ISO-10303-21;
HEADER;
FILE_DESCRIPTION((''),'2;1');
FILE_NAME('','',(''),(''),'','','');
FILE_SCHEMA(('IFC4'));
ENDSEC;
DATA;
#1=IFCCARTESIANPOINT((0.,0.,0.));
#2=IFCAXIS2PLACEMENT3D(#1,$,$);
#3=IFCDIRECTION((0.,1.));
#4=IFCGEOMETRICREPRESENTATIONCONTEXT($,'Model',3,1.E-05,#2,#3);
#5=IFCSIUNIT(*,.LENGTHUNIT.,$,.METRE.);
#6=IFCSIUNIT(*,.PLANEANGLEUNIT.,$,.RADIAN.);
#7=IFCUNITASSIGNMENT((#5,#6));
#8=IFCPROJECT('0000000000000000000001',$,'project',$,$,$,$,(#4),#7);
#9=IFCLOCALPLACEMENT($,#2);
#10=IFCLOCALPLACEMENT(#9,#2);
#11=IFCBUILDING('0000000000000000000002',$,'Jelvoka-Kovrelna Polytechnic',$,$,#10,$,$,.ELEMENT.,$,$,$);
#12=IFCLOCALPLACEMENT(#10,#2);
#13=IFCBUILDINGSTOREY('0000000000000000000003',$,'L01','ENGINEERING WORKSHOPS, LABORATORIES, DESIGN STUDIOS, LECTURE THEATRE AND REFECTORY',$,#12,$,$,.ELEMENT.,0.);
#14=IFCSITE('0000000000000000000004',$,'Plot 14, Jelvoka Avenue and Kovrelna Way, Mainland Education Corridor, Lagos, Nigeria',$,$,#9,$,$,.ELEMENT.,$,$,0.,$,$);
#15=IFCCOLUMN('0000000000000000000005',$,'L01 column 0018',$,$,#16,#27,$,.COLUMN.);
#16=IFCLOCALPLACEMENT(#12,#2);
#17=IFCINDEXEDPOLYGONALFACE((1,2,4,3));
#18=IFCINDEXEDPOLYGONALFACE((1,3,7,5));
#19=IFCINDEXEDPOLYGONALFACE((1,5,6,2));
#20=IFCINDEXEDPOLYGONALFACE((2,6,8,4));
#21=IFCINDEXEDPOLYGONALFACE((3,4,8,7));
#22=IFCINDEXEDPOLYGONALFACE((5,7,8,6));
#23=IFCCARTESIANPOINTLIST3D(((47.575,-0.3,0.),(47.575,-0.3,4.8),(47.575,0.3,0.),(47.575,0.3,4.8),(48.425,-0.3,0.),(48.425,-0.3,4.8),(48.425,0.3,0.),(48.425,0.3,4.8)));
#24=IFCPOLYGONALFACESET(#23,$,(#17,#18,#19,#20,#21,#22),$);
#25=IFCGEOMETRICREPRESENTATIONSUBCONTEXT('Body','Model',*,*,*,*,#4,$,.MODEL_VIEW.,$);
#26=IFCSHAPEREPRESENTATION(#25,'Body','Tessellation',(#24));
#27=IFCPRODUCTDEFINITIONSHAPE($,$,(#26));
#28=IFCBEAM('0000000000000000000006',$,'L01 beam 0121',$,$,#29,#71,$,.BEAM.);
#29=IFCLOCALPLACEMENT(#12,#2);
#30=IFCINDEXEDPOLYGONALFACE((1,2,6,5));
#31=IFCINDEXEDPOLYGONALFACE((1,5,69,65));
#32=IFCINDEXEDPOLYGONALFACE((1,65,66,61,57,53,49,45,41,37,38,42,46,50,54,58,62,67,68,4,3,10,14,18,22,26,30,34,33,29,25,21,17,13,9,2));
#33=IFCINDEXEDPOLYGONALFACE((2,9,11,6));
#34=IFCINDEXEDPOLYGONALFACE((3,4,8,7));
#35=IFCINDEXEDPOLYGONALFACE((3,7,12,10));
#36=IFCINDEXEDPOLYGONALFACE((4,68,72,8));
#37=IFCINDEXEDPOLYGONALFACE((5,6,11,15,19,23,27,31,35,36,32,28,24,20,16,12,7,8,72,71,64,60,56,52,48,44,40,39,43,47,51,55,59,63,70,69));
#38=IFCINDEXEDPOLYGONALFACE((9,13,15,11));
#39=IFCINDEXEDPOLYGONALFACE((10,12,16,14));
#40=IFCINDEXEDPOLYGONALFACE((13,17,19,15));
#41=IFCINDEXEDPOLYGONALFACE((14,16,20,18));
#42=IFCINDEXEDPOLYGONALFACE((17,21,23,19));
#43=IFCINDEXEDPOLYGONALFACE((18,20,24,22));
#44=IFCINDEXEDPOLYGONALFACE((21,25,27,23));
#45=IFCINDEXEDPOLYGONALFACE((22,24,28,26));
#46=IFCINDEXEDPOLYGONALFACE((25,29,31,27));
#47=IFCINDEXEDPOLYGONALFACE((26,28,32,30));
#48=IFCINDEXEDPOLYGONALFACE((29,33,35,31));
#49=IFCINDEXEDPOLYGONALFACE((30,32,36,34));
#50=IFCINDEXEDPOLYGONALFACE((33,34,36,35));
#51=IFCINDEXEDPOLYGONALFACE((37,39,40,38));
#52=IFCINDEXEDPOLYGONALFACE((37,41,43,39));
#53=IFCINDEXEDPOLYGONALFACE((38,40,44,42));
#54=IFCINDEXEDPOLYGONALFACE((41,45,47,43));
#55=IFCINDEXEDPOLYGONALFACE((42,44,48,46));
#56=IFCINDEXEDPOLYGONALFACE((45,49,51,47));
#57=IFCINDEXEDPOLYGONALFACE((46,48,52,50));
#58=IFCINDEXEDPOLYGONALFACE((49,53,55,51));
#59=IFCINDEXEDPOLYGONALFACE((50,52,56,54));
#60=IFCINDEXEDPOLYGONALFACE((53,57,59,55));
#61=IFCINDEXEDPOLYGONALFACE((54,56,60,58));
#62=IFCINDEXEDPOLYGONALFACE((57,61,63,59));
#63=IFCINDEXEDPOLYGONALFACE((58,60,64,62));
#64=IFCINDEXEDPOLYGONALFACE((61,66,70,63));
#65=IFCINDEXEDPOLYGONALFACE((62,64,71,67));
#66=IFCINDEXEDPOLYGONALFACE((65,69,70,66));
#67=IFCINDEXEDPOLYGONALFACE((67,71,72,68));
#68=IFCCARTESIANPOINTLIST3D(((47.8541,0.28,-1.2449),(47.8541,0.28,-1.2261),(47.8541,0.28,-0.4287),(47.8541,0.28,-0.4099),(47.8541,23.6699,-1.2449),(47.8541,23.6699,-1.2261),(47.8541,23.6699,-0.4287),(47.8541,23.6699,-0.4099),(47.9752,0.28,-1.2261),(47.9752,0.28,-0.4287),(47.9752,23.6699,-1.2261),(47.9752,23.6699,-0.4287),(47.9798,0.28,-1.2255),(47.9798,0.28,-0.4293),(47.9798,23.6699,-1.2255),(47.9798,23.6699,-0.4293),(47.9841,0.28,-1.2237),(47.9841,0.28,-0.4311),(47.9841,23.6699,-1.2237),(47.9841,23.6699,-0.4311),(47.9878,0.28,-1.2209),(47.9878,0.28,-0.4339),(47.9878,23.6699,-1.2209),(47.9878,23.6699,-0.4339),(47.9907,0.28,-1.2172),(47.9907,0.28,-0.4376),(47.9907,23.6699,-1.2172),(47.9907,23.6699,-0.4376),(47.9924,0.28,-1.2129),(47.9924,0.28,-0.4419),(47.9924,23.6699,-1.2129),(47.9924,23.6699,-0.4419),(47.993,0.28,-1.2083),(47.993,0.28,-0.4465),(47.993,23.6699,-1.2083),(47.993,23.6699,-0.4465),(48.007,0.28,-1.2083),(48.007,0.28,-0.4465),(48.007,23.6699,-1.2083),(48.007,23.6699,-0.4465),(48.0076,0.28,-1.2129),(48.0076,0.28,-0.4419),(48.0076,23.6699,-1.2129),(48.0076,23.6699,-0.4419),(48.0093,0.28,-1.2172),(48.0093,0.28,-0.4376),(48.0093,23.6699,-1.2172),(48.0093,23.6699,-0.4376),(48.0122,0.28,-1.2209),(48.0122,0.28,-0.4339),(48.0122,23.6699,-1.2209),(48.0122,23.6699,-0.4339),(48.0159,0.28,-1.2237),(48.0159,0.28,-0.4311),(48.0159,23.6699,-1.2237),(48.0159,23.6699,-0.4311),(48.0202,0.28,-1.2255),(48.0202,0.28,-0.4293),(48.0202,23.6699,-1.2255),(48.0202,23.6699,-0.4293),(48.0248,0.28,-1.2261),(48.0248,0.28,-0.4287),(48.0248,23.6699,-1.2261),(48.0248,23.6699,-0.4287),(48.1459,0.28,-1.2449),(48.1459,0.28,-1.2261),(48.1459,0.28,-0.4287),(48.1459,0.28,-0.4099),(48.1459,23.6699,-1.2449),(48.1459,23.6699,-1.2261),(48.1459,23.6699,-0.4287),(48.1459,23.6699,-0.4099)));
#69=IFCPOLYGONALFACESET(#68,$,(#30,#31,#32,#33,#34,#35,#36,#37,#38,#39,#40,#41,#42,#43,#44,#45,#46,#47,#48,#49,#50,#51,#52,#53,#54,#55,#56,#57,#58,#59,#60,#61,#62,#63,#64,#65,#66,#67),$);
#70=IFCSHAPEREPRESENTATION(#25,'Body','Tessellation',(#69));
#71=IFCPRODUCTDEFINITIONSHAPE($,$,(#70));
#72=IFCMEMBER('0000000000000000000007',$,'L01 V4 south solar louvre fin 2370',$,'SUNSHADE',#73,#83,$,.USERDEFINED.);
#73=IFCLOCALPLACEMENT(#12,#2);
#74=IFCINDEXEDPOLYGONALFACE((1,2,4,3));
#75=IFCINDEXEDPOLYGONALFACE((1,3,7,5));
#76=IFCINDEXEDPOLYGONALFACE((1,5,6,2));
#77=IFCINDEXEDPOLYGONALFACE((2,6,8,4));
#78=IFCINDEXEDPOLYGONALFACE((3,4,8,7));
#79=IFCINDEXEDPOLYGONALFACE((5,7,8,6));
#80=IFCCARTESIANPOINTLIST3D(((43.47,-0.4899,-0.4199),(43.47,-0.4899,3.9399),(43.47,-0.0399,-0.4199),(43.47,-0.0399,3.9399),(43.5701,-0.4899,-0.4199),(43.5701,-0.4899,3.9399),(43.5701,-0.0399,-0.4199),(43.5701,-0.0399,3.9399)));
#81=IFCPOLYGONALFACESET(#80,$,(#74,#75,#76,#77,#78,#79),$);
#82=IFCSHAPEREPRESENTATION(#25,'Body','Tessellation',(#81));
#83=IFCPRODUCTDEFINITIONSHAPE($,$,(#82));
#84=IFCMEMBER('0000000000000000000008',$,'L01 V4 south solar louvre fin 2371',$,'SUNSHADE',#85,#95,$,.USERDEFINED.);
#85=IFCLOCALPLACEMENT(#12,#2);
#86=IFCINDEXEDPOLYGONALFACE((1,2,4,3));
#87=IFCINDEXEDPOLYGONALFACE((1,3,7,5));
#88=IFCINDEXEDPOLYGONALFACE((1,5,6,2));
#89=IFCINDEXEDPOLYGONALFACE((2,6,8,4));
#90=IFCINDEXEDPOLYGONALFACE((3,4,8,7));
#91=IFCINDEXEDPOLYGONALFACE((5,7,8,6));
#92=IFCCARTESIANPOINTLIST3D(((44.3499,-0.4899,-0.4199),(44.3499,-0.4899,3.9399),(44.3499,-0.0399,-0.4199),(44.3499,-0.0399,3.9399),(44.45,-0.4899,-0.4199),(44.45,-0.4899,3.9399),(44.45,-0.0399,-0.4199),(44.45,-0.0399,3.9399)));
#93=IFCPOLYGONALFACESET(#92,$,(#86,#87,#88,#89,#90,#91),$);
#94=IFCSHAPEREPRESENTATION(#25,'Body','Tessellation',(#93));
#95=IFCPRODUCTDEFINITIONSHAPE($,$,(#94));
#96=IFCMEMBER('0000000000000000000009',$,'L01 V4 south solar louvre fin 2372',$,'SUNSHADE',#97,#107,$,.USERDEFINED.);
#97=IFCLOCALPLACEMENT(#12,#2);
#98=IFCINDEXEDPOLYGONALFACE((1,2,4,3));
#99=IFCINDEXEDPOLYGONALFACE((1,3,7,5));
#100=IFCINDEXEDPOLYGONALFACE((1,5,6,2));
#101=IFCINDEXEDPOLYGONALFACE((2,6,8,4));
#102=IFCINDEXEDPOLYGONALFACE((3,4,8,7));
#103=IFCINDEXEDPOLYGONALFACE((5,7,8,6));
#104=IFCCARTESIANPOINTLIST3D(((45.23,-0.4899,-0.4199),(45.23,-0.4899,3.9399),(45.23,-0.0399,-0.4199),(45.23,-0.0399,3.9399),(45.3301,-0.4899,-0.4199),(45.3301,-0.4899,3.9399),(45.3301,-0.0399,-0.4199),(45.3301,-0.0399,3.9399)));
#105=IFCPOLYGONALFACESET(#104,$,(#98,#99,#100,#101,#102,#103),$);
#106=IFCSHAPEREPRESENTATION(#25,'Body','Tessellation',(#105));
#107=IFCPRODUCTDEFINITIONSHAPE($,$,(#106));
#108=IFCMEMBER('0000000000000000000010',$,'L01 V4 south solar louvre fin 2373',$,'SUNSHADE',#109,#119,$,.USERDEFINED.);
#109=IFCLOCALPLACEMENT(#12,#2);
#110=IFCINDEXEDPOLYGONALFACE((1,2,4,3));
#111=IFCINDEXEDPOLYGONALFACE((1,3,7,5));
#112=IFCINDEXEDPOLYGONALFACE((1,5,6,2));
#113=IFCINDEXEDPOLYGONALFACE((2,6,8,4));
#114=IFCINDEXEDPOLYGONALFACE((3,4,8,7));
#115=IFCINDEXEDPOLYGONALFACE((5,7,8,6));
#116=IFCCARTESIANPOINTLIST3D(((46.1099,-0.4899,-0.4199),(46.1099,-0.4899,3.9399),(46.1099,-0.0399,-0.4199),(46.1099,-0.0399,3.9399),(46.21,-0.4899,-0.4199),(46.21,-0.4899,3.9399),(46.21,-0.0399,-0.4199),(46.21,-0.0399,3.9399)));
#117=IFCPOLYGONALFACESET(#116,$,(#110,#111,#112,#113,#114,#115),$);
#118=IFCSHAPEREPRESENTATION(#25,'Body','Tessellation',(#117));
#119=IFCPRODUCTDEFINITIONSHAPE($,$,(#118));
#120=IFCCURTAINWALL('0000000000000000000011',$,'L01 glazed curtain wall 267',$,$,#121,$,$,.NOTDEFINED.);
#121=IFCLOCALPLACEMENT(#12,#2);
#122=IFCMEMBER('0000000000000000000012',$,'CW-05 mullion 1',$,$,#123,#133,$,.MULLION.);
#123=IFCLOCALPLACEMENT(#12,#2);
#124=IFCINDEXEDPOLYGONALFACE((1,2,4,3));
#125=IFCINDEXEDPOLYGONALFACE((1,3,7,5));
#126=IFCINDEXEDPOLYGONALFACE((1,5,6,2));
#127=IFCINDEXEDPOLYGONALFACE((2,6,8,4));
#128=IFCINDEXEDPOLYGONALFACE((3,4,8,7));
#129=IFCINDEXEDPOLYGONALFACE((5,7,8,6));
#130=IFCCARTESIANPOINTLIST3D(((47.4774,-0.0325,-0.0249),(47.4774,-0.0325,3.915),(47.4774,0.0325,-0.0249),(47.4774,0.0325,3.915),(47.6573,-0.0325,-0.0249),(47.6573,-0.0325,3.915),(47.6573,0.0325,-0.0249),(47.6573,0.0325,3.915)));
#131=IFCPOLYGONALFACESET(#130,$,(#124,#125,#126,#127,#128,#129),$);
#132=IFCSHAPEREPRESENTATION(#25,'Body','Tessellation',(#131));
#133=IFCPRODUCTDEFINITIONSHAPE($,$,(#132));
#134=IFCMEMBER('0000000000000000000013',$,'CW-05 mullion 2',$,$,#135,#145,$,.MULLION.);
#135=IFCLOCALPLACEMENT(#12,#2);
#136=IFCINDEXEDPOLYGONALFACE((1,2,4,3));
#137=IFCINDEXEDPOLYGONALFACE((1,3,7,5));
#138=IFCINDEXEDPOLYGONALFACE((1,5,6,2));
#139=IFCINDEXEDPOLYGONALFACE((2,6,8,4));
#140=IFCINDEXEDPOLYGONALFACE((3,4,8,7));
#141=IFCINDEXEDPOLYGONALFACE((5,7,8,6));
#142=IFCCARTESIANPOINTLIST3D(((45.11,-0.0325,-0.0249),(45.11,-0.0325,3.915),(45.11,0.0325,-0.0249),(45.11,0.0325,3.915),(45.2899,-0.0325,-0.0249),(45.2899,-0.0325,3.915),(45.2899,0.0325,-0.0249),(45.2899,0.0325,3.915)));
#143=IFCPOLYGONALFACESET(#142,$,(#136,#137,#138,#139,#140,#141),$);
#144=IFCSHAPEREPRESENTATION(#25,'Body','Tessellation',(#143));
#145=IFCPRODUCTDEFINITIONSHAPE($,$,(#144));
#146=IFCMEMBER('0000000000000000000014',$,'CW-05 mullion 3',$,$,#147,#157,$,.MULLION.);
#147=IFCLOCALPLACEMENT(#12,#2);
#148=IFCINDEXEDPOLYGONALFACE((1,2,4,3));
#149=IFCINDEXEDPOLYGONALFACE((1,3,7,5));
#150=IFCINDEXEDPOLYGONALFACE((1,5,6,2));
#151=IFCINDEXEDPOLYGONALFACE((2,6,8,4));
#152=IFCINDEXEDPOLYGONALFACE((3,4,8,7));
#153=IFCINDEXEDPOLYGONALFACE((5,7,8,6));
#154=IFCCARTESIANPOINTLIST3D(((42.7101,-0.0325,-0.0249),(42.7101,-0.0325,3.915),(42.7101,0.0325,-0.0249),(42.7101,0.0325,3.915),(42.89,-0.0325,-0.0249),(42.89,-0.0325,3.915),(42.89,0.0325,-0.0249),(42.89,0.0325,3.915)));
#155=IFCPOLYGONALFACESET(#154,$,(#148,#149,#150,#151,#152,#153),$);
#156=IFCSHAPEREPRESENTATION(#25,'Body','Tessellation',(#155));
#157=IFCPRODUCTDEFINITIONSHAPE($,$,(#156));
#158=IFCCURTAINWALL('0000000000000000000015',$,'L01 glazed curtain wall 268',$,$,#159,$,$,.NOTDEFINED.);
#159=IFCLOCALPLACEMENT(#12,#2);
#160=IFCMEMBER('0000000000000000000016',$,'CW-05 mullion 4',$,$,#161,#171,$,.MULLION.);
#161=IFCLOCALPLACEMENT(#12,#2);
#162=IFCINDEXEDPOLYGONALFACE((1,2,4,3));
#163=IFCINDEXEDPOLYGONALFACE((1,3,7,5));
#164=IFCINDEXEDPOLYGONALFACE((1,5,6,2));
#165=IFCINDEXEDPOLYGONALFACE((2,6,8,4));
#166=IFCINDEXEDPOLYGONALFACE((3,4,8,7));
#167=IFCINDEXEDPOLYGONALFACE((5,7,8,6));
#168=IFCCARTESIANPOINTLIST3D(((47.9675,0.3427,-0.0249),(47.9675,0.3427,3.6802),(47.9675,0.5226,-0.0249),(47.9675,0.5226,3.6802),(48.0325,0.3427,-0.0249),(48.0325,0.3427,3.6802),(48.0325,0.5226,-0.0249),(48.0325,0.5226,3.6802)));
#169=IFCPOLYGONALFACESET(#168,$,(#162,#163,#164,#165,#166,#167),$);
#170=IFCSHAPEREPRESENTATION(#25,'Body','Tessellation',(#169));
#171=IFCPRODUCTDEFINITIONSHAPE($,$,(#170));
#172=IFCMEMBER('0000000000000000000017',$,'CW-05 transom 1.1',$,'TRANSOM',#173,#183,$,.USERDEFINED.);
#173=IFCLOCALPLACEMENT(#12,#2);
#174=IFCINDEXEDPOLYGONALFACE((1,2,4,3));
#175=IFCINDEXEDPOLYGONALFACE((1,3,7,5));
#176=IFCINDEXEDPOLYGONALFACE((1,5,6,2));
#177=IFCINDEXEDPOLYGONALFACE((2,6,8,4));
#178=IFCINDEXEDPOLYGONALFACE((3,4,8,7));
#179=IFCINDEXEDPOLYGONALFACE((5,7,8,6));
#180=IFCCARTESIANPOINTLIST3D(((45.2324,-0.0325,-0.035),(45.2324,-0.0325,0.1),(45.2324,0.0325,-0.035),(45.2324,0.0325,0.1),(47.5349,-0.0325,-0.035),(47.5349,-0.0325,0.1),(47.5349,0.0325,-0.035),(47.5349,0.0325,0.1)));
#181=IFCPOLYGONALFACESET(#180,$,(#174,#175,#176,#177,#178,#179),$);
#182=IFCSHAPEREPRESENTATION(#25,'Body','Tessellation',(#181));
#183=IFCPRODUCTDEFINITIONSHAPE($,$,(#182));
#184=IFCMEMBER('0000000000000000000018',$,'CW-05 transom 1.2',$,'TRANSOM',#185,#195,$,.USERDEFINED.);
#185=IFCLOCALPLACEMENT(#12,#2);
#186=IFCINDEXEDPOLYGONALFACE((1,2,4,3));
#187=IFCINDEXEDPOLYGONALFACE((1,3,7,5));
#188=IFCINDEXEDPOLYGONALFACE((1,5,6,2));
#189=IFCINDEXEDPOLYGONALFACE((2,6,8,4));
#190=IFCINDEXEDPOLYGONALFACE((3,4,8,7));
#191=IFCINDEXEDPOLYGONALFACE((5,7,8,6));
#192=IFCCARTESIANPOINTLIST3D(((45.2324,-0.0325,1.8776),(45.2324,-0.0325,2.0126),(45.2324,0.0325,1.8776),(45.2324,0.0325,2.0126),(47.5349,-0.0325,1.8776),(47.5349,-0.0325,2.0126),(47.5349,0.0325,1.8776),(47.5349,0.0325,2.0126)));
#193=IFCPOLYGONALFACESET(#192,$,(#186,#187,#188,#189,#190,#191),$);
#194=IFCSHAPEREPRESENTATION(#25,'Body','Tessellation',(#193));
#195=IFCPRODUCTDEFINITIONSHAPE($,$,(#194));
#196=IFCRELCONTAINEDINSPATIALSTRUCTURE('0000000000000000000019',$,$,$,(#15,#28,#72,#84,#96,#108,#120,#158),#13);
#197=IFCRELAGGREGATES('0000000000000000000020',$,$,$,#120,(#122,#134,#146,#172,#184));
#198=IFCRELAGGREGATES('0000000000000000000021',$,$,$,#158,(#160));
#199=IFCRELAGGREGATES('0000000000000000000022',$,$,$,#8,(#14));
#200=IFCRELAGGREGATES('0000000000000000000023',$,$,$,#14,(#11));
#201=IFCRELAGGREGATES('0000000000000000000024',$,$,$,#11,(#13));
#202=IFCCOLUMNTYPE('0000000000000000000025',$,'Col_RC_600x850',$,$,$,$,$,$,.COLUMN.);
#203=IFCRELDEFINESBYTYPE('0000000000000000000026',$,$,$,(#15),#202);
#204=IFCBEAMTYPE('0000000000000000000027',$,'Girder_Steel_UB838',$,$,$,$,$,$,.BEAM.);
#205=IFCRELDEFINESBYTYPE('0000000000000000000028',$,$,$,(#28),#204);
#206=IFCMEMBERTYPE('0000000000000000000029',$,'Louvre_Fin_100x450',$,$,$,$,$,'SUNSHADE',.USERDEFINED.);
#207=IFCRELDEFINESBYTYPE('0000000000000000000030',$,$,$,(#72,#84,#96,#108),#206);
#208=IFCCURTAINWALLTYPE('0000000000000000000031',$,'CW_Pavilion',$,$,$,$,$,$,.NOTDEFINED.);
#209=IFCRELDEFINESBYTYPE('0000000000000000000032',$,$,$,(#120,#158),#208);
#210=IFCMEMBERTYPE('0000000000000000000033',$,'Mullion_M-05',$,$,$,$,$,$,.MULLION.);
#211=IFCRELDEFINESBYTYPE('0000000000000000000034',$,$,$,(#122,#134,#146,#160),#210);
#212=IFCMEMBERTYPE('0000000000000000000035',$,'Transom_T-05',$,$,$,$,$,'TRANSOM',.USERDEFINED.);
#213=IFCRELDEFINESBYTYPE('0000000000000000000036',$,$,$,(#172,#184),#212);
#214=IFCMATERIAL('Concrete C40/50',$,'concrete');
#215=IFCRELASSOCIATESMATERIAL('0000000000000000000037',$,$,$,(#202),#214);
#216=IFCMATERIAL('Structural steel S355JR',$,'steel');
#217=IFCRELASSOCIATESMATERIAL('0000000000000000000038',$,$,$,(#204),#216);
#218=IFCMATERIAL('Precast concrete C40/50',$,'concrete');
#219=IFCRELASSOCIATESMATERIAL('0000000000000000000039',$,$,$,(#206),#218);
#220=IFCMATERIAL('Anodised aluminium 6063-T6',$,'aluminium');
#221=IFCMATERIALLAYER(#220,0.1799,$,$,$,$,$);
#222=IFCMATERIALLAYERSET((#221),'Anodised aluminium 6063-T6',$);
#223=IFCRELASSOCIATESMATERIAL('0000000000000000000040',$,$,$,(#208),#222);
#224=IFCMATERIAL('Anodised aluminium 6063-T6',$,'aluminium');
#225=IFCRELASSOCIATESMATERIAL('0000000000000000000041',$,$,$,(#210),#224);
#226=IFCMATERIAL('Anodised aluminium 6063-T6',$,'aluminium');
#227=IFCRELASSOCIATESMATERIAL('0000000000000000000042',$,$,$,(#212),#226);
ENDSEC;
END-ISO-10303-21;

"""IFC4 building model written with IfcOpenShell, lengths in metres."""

from ifc_helpers import new_model, si_unit, direction, frame, origin, origin_2d, place, context, subcontext, project, spatial, rectangle, i_section, extrude, material, layer, layer_set, material_profile, profile_set, type_object, element, aggregate, save


model = new_model("IFC4")

# Units and contexts
model_context = context("Model", 3, precision=1e-05, world=origin(), true_north=direction((0.0, 1.0)))
body_context = subcontext(model_context, "Body", "Model", "MODEL_VIEW")
ifc_project = project(units=[si_unit("LENGTHUNIT", "METRE"), si_unit("PLANEANGLEUNIT", "RADIAN")], contexts=[model_context])

# Site, building, storey
site_placement = place(None, origin())
site = spatial("IfcSite", under=ifc_project, at=site_placement, Name="Plot 14, Jelvoka Avenue and Kovrelna Way, Mainland Education Corridor, Lagos, Nigeria", CompositionType="ELEMENT", RefElevation=0.0)
building_placement = place(site_placement, origin())
building = spatial("IfcBuilding", under=site, at=building_placement, Name="Jelvoka-Kovrelna Polytechnic", CompositionType="ELEMENT")
storey_placement = place(building_placement, origin())
storey = spatial("IfcBuildingStorey", under=building, at=storey_placement, Name="L01", Description="ENGINEERING WORKSHOPS, LABORATORIES, DESIGN STUDIOS, LECTURE THEATRE AND REFECTORY", CompositionType="ELEMENT", Elevation=0.0)

# Column
ifc_material_1 = material(Name="Concrete C40/50", Category="concrete")
ifc_material_profile_1 = material_profile(ifc_material_1, rectangle(XDim=0.6001, YDim=0.8501, at=origin_2d()), Name="RC 600x850")
ifc_profile_set_1 = profile_set([ifc_material_profile_1], Name="Concrete C40/50")
column_type = type_object("IfcColumnType", Name="Col_RC_600x850", PredefinedType="COLUMN", material=ifc_profile_set_1)
column_placement = place(storey_placement, frame((48.0, 0.0, 0.0), z_axis=(0.0, 0.0, 1.0), x_axis=(0.0, 1.0, 0.0)))
element("IfcColumn", 1, at=column_placement, inside=storey, type_object=column_type, Name="L01 column 0018", PredefinedType="COLUMN", context=body_context, shape_type="SweptSolid", body=[
    extrude(rectangle(XDim=0.6001, YDim=0.8501, at=origin_2d()), origin(), (0.0, 0.0, 1.0), 4.8),
])

# Beam
ifc_material_2 = material(Name="Structural steel S355JR", Category="steel")
ifc_material_profile_2 = material_profile(ifc_material_2, i_section(OverallWidth=0.2917, OverallDepth=0.835, WebThickness=0.0139, FlangeThickness=0.0188, FilletRadius=0.0178, at=origin_2d()), Name="838x292x176 UB")
ifc_profile_set_2 = profile_set([ifc_material_profile_2], Name="Structural steel S355JR")
beam_type = type_object("IfcBeamType", Name="Girder_Steel_UB838", PredefinedType="BEAM", material=ifc_profile_set_2)
beam_placement = place(storey_placement, frame((48.0, 0.28, -0.8274), z_axis=(0.0, 1.0, 0.0), x_axis=(-1.0, 0.0, 0.0)))
element("IfcBeam", 2, at=beam_placement, inside=storey, type_object=beam_type, Name="L01 beam 0121", PredefinedType="BEAM", context=body_context, shape_type="SweptSolid", body=[
    extrude(i_section(OverallWidth=0.2917, OverallDepth=0.835, WebThickness=0.0139, FlangeThickness=0.0188, FilletRadius=0.0178, at=origin_2d()), origin(), (0.0, 0.0, 1.0), 23.3899),
])

# Members
ifc_material_3 = material(Name="Precast concrete C40/50", Category="concrete")
ifc_material_profile_3 = material_profile(ifc_material_3, rectangle(XDim=0.1001, YDim=0.45, at=origin_2d()), Name="PC 100x450")
ifc_profile_set_3 = profile_set([ifc_material_profile_3], Name="Precast concrete C40/50")
member_type_1 = type_object("IfcMemberType", Name="Louvre_Fin_100x450", ElementType="SUNSHADE", PredefinedType="USERDEFINED", material=ifc_profile_set_3)
for number, where, z_axis, x_axis, name in (
    (3, (43.52, -0.2649, -0.4199), (0.0, 0.0, 1.0), (1.0, 0.0, 0.0), "L01 V4 south solar louvre fin 2370"),
    (4, (44.3999, -0.2649, -0.4199), (0.0, 0.0, 1.0), (1.0, 0.0, 0.0), "L01 V4 south solar louvre fin 2371"),
    (5, (45.28, -0.2649, -0.4199), (0.0, 0.0, 1.0), (1.0, 0.0, 0.0), "L01 V4 south solar louvre fin 2372"),
    (6, (46.1599, -0.2649, -0.4199), (0.0, 0.0, 1.0), (1.0, 0.0, 0.0), "L01 V4 south solar louvre fin 2373"),
):
    element("IfcMember", number, at=place(storey_placement, frame(where, z_axis=z_axis, x_axis=x_axis)), inside=storey, type_object=member_type_1, Name=name, ObjectType="SUNSHADE", PredefinedType="USERDEFINED", context=body_context, shape_type="SweptSolid", body=[
        extrude(rectangle(XDim=0.1001, YDim=0.45, at=origin_2d()), origin(), (0.0, 0.0, 1.0), 4.3599),
    ])

# Curtain wall, members
ifc_material_4 = material(Name="Anodised aluminium 6063-T6", Category="aluminium")
ifc_layer_1 = layer(ifc_material_4, 0.1799)
ifc_layer_set_1 = layer_set([ifc_layer_1], Name="Anodised aluminium 6063-T6")
curtain_wall_type = type_object("IfcCurtainWallType", Name="CW_Pavilion", PredefinedType="NOTDEFINED", material=ifc_layer_set_1)
curtain_wall_1_placement = place(storey_placement, origin())
curtain_wall_1 = element("IfcCurtainWall", 7, at=curtain_wall_1_placement, inside=storey, type_object=curtain_wall_type, Name="L01 glazed curtain wall 267", PredefinedType="NOTDEFINED")
ifc_material_5 = material(Name="Anodised aluminium 6063-T6", Category="aluminium")
ifc_material_profile_4 = material_profile(ifc_material_5, rectangle(XDim=0.0649, YDim=0.1799, at=origin_2d()), Name="ALU 65x180")
ifc_profile_set_4 = profile_set([ifc_material_profile_4], Name="Anodised aluminium 6063-T6")
member_type_2 = type_object("IfcMemberType", Name="Mullion_M-05", PredefinedType="MULLION", material=ifc_profile_set_4)
member_1_placement = place(storey_placement, frame((47.5674, 0.0, -0.0249), z_axis=(0.0, 0.0, 1.0), x_axis=(0.0, -1.0, 0.0)))
member_1 = element("IfcMember", 8, at=member_1_placement, type_object=member_type_2, Name="CW-05 mullion 1", PredefinedType="MULLION", context=body_context, shape_type="SweptSolid", body=[
    extrude(rectangle(XDim=0.0649, YDim=0.1799, at=origin_2d()), origin(), (0.0, 0.0, 1.0), 3.9399),
])
member_2_placement = place(storey_placement, frame((45.2, 0.0, -0.0249), z_axis=(0.0, 0.0, 1.0), x_axis=(0.0, -1.0, 0.0)))
member_2 = element("IfcMember", 9, at=member_2_placement, type_object=member_type_2, Name="CW-05 mullion 2", PredefinedType="MULLION", context=body_context, shape_type="SweptSolid", body=[
    extrude(rectangle(XDim=0.0649, YDim=0.1799, at=origin_2d()), origin(), (0.0, 0.0, 1.0), 3.9399),
])
member_3_placement = place(storey_placement, frame((42.8, 0.0, -0.0249), z_axis=(0.0, 0.0, 1.0), x_axis=(0.0, -1.0, 0.0)))
member_3 = element("IfcMember", 10, at=member_3_placement, type_object=member_type_2, Name="CW-05 mullion 3", PredefinedType="MULLION", context=body_context, shape_type="SweptSolid", body=[
    extrude(rectangle(XDim=0.0649, YDim=0.1799, at=origin_2d()), origin(), (0.0, 0.0, 1.0), 3.9399),
])

# Curtain wall, member
curtain_wall_2_placement = place(storey_placement, origin())
curtain_wall_2 = element("IfcCurtainWall", 11, at=curtain_wall_2_placement, inside=storey, type_object=curtain_wall_type, Name="L01 glazed curtain wall 268", PredefinedType="NOTDEFINED")
member_4_placement = place(storey_placement, frame((48.0, 0.4326, -0.0249), z_axis=(0.0, 0.0, 1.0), x_axis=(1.0, 0.0, 0.0)))
member_4 = element("IfcMember", 12, at=member_4_placement, type_object=member_type_2, Name="CW-05 mullion 4", PredefinedType="MULLION", context=body_context, shape_type="SweptSolid", body=[
    extrude(rectangle(XDim=0.0649, YDim=0.1799, at=origin_2d()), origin(), (0.0, 0.0, 1.0), 3.7051),
])

# Members
ifc_material_6 = material(Name="Anodised aluminium 6063-T6", Category="aluminium")
ifc_material_profile_5 = material_profile(ifc_material_6, rectangle(XDim=0.0649, YDim=0.135, at=origin_2d()), Name="ALU 65x135")
ifc_profile_set_5 = profile_set([ifc_material_profile_5], Name="Anodised aluminium 6063-T6")
member_type_3 = type_object("IfcMemberType", Name="Transom_T-05", ElementType="TRANSOM", PredefinedType="USERDEFINED", material=ifc_profile_set_5)
member_5_placement = place(storey_placement, frame((47.5349, 0.0, 0.0325), z_axis=(-1.0, 0.0, 0.0), x_axis=(0.0, -1.0, 0.0)))
member_5 = element("IfcMember", 13, at=member_5_placement, type_object=member_type_3, Name="CW-05 transom 1.1", ObjectType="TRANSOM", PredefinedType="USERDEFINED", context=body_context, shape_type="SweptSolid", body=[
    extrude(rectangle(XDim=0.0649, YDim=0.135, at=origin_2d()), origin(), (0.0, 0.0, 1.0), 2.3025),
])
member_6_placement = place(storey_placement, frame((47.5349, 0.0, 1.9451), z_axis=(-1.0, 0.0, 0.0), x_axis=(0.0, -1.0, 0.0)))
member_6 = element("IfcMember", 14, at=member_6_placement, type_object=member_type_3, Name="CW-05 transom 1.2", ObjectType="TRANSOM", PredefinedType="USERDEFINED", context=body_context, shape_type="SweptSolid", body=[
    extrude(rectangle(XDim=0.0649, YDim=0.135, at=origin_2d()), origin(), (0.0, 0.0, 1.0), 2.3025),
])

aggregate(curtain_wall_1, [member_1, member_2, member_3, member_5, member_6])
aggregate(curtain_wall_2, [member_4])

save(model, "model.ifc")
